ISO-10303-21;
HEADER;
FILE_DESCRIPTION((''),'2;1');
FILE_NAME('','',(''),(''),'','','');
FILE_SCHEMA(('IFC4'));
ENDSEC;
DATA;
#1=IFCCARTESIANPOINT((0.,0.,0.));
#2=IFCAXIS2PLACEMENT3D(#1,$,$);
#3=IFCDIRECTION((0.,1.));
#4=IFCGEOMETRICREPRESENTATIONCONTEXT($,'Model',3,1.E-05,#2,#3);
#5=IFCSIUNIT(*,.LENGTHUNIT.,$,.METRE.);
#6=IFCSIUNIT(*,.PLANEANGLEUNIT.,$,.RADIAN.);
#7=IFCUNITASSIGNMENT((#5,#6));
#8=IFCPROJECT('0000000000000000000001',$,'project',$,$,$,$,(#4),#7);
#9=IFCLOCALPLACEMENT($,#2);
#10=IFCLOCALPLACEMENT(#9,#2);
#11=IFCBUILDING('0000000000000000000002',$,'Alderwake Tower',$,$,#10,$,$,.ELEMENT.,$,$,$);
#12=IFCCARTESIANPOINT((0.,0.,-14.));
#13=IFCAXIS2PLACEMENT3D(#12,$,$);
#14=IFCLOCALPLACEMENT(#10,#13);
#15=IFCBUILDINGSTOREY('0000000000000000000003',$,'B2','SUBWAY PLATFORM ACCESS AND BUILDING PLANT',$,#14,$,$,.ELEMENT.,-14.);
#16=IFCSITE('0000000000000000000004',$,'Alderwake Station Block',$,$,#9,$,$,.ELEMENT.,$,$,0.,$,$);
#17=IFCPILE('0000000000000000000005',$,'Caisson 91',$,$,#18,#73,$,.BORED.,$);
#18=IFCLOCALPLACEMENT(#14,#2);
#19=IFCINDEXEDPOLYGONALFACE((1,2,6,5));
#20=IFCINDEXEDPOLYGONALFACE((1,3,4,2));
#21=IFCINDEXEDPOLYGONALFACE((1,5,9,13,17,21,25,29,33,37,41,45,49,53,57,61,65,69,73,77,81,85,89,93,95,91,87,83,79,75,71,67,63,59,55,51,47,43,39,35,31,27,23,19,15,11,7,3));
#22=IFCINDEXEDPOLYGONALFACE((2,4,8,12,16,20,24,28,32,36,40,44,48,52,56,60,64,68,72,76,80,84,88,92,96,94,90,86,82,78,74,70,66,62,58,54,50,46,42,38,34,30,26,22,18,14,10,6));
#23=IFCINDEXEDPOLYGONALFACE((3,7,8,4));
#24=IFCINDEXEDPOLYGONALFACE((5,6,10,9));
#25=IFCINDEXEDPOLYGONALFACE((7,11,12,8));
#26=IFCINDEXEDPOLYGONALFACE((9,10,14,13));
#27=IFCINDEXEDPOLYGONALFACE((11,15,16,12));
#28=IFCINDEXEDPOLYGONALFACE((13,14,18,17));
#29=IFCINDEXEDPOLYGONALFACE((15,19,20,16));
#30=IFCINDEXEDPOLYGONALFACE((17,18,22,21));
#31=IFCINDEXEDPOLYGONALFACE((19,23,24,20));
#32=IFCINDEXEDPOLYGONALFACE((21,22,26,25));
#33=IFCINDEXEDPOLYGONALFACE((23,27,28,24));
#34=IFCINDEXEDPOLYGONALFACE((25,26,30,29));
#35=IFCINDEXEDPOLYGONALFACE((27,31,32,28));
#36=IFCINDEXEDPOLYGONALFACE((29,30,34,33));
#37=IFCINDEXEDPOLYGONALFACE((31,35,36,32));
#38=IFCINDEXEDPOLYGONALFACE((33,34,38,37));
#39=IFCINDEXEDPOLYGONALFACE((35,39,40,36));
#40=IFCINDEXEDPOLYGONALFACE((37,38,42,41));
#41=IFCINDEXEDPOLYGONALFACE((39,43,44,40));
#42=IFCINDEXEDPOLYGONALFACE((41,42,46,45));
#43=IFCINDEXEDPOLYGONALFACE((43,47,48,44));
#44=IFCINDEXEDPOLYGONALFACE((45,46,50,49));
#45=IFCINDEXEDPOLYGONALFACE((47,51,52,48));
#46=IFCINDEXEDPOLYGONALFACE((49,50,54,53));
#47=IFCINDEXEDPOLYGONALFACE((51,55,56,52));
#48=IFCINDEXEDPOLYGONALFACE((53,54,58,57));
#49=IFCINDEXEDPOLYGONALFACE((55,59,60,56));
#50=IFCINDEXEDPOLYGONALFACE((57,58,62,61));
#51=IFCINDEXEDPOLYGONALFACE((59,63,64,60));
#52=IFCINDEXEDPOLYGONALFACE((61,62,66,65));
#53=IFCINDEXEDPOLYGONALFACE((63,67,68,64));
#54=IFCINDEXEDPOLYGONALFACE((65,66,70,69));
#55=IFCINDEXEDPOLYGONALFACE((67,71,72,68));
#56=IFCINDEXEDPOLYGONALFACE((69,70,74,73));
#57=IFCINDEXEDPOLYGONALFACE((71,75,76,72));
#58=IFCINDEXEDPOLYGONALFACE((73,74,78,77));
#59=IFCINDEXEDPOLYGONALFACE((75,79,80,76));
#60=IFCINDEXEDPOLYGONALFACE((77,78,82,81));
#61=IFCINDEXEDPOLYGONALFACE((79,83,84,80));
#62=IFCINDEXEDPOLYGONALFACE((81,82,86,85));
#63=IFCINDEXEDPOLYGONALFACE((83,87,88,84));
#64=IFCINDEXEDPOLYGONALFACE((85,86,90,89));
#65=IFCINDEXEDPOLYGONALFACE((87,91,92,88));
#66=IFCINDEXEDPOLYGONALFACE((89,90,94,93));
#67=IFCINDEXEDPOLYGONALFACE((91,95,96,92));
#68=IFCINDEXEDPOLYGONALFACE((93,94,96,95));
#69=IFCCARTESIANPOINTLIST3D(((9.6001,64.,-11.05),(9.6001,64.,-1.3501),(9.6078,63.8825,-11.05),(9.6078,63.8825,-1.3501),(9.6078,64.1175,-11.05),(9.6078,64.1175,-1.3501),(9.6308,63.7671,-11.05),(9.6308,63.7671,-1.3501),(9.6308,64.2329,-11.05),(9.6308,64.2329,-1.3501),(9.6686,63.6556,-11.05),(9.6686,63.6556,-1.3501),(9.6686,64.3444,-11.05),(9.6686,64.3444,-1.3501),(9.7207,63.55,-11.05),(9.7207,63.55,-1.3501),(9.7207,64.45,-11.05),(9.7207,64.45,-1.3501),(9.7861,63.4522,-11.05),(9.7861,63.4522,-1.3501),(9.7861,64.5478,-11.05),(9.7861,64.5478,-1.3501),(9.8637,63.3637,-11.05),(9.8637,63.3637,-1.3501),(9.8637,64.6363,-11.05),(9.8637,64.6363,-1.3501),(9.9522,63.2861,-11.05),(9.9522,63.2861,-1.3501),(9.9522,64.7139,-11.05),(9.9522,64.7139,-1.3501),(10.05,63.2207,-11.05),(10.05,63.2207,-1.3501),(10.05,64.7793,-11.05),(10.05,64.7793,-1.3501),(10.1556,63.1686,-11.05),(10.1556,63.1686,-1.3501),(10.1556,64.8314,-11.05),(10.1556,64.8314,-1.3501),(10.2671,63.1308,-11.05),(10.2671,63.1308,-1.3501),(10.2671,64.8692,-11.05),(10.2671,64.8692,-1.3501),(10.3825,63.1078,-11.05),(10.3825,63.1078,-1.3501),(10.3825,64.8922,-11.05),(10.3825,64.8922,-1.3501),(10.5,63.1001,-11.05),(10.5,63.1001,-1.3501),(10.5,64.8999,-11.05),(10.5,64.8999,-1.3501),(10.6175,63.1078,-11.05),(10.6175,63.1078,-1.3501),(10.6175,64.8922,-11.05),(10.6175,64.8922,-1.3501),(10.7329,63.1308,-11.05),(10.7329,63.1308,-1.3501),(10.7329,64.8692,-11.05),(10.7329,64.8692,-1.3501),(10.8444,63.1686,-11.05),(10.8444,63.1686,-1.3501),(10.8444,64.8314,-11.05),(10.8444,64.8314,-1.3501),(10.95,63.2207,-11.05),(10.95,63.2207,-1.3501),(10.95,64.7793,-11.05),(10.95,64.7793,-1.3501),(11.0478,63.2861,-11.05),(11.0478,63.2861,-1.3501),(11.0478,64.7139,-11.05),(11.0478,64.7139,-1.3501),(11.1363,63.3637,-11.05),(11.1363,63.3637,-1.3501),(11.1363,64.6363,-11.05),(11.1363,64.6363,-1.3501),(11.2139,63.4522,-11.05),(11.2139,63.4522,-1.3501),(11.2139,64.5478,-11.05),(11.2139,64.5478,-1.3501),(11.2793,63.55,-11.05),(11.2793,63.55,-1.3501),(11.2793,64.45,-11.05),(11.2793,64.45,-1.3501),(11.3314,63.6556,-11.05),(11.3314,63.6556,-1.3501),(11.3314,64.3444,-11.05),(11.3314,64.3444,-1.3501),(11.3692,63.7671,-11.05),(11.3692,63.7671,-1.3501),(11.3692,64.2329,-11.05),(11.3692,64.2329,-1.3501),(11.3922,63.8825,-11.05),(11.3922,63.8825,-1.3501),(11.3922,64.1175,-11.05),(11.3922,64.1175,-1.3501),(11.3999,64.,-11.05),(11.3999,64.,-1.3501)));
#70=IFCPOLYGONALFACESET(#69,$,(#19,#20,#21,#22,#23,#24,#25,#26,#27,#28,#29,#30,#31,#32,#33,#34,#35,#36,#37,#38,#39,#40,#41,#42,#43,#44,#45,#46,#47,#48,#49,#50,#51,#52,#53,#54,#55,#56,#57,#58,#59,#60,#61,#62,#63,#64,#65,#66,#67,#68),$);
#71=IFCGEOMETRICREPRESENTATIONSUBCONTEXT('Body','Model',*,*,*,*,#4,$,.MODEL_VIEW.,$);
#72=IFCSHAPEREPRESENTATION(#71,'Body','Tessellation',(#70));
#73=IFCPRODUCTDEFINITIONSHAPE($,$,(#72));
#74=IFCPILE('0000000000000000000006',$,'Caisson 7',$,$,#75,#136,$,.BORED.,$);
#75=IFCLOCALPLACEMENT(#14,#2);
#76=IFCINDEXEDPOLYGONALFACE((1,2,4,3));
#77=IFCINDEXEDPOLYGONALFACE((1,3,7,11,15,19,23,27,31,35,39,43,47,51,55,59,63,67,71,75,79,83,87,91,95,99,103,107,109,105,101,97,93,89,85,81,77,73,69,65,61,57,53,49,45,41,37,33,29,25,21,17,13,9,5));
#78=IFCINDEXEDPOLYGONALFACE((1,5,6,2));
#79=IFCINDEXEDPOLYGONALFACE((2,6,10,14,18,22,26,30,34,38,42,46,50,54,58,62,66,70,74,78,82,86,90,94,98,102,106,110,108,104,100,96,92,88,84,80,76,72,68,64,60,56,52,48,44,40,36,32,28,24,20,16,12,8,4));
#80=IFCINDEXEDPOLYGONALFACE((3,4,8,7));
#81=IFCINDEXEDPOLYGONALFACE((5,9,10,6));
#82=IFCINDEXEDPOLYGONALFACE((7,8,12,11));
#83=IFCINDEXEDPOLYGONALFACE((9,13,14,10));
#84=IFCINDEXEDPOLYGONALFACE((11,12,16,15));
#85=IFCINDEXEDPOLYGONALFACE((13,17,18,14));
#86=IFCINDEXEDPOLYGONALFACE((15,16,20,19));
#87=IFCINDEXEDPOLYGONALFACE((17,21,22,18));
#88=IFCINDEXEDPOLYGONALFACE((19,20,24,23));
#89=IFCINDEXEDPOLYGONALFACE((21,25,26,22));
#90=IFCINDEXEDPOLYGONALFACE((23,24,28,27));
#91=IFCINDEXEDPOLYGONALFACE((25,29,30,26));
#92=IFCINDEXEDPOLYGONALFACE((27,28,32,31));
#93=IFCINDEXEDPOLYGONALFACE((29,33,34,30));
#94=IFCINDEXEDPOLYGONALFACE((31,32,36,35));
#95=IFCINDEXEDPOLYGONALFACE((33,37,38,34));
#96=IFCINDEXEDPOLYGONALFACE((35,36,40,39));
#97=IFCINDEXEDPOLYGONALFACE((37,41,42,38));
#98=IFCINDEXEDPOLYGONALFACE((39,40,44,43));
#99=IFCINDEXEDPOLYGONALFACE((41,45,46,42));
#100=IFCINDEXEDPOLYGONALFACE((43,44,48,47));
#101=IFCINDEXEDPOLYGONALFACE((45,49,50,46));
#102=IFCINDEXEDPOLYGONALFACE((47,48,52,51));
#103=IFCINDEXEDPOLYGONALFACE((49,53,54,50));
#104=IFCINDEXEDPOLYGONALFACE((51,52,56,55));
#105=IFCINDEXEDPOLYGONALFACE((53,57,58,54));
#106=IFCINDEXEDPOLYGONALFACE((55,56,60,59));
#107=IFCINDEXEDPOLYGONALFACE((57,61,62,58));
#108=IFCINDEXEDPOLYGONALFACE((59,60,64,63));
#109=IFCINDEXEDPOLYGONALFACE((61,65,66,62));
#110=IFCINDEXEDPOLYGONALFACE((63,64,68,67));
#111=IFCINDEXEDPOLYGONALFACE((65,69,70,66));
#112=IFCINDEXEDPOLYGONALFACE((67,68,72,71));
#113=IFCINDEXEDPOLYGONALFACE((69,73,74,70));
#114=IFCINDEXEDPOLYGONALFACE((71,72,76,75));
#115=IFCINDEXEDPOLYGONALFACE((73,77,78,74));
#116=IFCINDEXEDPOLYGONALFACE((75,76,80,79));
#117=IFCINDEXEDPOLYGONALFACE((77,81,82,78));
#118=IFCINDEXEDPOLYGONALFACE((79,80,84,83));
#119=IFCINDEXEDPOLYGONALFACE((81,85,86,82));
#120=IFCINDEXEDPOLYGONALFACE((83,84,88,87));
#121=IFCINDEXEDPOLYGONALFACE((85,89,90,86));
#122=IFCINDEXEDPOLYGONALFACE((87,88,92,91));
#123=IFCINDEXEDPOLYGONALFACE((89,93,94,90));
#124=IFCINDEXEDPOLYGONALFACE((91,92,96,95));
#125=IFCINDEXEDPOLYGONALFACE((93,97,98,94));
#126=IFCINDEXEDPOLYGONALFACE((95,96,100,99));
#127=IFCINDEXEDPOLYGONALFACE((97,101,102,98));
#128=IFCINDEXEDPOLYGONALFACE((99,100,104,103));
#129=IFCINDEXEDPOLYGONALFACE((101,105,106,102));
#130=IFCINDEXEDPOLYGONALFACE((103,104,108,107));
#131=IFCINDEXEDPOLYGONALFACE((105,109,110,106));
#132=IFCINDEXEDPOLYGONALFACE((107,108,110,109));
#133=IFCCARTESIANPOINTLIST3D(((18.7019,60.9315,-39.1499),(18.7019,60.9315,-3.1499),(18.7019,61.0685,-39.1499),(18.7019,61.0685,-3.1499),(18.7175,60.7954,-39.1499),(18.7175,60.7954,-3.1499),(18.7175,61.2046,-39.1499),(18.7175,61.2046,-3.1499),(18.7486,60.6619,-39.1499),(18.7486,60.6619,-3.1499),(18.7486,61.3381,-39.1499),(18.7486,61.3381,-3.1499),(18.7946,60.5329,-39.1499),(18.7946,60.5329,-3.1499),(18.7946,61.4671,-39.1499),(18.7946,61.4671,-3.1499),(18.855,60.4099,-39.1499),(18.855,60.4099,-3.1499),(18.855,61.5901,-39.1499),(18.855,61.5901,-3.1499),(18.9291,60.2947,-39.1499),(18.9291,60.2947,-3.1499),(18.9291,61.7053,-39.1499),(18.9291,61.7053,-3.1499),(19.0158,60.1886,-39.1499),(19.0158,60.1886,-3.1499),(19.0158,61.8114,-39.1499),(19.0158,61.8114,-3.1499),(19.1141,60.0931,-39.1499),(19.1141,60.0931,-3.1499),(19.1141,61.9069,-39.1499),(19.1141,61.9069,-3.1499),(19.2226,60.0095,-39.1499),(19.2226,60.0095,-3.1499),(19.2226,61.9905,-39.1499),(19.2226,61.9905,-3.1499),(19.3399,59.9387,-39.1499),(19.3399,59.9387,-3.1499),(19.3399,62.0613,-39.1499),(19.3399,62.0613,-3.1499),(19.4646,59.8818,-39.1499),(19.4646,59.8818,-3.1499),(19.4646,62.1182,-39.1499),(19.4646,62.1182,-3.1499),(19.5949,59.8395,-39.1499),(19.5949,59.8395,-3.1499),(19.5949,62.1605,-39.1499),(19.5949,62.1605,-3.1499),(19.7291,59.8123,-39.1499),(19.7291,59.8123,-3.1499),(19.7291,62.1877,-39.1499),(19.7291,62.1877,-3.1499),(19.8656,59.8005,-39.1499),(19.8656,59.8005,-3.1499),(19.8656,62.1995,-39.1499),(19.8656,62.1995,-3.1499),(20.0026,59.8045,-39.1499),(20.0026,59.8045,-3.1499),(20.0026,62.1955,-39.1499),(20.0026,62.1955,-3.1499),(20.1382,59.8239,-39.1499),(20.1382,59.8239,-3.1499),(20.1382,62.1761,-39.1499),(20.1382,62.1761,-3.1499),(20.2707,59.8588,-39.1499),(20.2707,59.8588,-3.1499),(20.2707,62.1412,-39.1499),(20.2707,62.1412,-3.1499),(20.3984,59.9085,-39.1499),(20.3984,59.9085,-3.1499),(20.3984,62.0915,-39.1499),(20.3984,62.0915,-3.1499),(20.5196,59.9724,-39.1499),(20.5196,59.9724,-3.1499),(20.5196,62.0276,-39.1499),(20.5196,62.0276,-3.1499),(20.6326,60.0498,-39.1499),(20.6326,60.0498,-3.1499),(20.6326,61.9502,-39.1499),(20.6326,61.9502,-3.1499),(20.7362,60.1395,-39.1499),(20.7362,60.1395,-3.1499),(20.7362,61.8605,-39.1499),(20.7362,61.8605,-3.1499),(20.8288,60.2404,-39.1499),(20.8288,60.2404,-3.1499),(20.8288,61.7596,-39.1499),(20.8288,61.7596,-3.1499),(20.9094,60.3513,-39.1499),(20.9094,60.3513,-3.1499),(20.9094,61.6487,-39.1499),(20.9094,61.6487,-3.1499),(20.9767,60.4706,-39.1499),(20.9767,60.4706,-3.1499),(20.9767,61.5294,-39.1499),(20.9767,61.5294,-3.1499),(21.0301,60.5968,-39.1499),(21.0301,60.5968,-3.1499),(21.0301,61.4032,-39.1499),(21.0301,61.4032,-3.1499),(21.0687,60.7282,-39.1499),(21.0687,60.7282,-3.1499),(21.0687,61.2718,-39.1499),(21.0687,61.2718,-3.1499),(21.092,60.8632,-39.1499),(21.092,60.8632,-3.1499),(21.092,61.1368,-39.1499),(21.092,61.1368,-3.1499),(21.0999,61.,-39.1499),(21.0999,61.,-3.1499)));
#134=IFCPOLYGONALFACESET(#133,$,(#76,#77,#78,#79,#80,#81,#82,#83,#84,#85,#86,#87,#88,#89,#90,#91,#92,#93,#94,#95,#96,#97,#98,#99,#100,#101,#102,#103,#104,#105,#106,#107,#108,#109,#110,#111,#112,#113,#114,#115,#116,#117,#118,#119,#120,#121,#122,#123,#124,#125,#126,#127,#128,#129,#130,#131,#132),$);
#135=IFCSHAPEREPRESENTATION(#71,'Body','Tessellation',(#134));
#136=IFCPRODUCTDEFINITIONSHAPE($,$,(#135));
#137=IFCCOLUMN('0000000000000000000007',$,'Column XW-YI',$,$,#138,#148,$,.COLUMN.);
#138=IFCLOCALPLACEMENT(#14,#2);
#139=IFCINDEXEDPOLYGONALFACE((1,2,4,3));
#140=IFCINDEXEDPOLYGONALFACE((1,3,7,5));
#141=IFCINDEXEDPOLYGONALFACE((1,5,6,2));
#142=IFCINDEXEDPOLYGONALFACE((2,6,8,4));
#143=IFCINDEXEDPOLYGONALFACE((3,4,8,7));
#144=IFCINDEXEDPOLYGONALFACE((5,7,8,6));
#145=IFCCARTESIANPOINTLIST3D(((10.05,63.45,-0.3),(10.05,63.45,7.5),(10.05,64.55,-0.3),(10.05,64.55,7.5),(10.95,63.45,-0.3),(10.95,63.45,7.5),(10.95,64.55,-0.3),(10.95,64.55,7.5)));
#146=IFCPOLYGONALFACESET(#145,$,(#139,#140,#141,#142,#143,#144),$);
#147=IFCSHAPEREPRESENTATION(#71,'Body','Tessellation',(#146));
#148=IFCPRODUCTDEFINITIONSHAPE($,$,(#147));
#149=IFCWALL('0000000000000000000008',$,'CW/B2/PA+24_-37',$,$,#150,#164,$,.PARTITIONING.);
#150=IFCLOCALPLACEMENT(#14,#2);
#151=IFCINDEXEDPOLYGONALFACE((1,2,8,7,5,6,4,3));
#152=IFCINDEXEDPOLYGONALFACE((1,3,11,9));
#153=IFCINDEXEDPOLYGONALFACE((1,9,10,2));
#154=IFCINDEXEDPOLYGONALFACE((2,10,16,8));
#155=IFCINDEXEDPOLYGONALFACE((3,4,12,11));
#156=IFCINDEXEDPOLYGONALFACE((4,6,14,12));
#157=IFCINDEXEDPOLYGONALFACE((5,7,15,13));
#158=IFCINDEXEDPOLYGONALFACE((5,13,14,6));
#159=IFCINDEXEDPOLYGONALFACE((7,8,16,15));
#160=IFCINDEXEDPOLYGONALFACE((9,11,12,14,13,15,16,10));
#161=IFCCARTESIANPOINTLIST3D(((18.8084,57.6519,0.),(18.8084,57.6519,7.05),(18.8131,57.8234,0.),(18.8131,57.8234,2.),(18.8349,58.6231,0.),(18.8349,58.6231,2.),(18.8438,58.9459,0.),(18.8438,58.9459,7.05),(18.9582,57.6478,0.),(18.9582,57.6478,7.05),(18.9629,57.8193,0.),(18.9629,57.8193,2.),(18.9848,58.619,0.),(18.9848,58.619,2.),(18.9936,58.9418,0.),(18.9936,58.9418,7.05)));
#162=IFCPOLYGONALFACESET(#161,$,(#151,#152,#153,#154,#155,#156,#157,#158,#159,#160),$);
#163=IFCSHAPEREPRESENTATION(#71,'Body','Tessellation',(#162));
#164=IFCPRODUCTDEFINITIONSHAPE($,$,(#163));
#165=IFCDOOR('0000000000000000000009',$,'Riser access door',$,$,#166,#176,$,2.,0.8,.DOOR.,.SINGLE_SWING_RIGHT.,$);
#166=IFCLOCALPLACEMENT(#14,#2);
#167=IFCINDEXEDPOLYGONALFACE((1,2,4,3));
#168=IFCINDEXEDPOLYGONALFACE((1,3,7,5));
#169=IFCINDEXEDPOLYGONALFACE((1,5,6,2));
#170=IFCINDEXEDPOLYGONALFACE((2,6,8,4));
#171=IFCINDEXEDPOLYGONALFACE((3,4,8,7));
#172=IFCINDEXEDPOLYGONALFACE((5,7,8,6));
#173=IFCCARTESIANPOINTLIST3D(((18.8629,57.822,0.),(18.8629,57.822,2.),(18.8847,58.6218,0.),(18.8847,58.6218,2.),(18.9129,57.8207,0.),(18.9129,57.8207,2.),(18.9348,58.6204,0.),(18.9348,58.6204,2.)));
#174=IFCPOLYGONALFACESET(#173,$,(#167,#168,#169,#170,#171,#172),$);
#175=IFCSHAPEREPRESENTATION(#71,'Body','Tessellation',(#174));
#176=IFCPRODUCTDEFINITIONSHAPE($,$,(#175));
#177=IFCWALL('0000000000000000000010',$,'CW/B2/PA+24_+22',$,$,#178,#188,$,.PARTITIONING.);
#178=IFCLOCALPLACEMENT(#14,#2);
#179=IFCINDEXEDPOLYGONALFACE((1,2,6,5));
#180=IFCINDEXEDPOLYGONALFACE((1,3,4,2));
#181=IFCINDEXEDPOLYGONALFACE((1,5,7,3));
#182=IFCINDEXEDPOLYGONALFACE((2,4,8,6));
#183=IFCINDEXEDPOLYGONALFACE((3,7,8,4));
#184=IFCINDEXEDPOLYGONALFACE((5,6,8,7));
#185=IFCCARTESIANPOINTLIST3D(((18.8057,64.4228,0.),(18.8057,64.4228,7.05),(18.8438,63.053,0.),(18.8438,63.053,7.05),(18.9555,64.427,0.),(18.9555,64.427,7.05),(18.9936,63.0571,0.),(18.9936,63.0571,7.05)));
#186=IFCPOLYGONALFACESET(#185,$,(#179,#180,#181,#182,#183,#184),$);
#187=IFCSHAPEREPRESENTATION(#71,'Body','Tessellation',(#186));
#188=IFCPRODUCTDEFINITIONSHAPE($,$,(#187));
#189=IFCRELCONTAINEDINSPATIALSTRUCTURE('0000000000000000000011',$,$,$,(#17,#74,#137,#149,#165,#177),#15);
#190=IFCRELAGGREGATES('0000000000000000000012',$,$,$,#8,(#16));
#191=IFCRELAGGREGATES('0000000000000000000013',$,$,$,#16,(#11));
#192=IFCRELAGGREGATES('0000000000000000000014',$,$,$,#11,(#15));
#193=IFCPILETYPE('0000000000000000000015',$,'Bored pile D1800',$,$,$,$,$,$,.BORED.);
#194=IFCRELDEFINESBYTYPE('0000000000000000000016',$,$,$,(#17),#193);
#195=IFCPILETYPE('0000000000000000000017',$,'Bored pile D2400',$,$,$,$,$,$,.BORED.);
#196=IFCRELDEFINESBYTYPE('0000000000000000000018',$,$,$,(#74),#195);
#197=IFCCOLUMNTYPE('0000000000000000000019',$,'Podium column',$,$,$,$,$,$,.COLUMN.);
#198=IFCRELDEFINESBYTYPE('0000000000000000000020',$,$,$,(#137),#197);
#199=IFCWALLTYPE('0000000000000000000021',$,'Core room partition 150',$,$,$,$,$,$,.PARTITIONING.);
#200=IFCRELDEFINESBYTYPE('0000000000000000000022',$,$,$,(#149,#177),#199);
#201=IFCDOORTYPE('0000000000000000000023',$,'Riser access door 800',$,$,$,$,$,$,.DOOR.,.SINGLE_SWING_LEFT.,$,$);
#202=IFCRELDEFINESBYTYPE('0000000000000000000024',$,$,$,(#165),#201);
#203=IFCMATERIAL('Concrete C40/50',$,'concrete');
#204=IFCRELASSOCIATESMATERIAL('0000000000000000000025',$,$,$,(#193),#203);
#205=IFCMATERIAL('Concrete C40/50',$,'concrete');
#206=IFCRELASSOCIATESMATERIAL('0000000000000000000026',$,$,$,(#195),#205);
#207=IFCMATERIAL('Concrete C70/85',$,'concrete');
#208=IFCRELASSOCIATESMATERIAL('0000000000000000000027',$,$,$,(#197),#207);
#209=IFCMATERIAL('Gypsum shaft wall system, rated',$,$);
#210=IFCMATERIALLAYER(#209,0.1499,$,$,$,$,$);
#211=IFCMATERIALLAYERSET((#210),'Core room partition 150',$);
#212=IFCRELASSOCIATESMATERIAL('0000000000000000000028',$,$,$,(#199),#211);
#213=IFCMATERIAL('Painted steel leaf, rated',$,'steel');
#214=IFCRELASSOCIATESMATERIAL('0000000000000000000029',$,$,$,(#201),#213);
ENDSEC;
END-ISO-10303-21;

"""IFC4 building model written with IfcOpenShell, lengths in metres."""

from ifc_helpers import new_model, si_unit, direction, frame, frame_2d, origin, origin_2d, place, context, subcontext, project, spatial, rectangle, circle, extrude, material, layer, layer_set, material_profile, profile_set, type_object, element, fill, save


model = new_model("IFC4")

# Units and contexts
model_context = context("Model", 3, precision=1e-05, world=origin(), true_north=direction((0.0, 1.0)))
body_context = subcontext(model_context, "Body", "Model", "MODEL_VIEW")
ifc_project = project(units=[si_unit("LENGTHUNIT", "METRE"), si_unit("PLANEANGLEUNIT", "RADIAN")], contexts=[model_context])

# Site, building, storey
site_placement = place(None, origin())
site = spatial("IfcSite", under=ifc_project, at=site_placement, Name="Alderwake Station Block", CompositionType="ELEMENT", RefElevation=0.0)
building_placement = place(site_placement, origin())
building = spatial("IfcBuilding", under=site, at=building_placement, Name="Alderwake Tower", CompositionType="ELEMENT")
storey_placement = place(building_placement, frame((0.0, 0.0, -14.0)))
storey = spatial("IfcBuildingStorey", under=building, at=storey_placement, Name="B2", Description="SUBWAY PLATFORM ACCESS AND BUILDING PLANT", CompositionType="ELEMENT", Elevation=-14.0)

# Piles
ifc_material_1 = material(Name="Concrete C40/50", Category="concrete")
ifc_material_profile_1 = material_profile(ifc_material_1, circle(Radius=0.8999, at=origin_2d()), Name="PILE 1800")
ifc_profile_set_1 = profile_set([ifc_material_profile_1], Name="Concrete C40/50")
pile_type_1 = type_object("IfcPileType", Name="Bored pile D1800", PredefinedType="BORED", material=ifc_profile_set_1)
pile_1_placement = place(storey_placement, frame((10.5, 64.0, -1.3501), z_axis=(0.0, 0.0, -1.0), x_axis=(1.0, 0.0, 0.0)))
element("IfcPile", 1, at=pile_1_placement, inside=storey, type_object=pile_type_1, Name="Caisson 91", PredefinedType="BORED", context=body_context, shape_type="SweptSolid", body=[
    extrude(circle(Radius=0.8999, at=origin_2d()), origin(), (0.0, 0.0, 1.0), 9.7),
])
ifc_material_2 = material(Name="Concrete C40/50", Category="concrete")
ifc_material_profile_2 = material_profile(ifc_material_2, circle(Radius=1.2, at=origin_2d()), Name="PILE 2400")
ifc_profile_set_2 = profile_set([ifc_material_profile_2], Name="Concrete C40/50")
pile_type_2 = type_object("IfcPileType", Name="Bored pile D2400", PredefinedType="BORED", material=ifc_profile_set_2)
pile_2_placement = place(storey_placement, frame((19.8999, 61.0, -3.1499), z_axis=(0.0, 0.0, -1.0), x_axis=(1.0, 0.0, 0.0)))
element("IfcPile", 2, at=pile_2_placement, inside=storey, type_object=pile_type_2, Name="Caisson 7", PredefinedType="BORED", context=body_context, shape_type="SweptSolid", body=[
    extrude(circle(Radius=1.2, at=origin_2d()), origin(), (0.0, 0.0, 1.0), 36.0),
])

# Column
ifc_material_3 = material(Name="Concrete C70/85", Category="concrete")
ifc_material_profile_3 = material_profile(ifc_material_3, rectangle(XDim=0.8999, YDim=1.1001, at=origin_2d()), Name="RC 1100X900")
ifc_profile_set_3 = profile_set([ifc_material_profile_3], Name="Concrete C70/85")
column_type = type_object("IfcColumnType", Name="Podium column", PredefinedType="COLUMN", material=ifc_profile_set_3)
column_placement = place(storey_placement, frame((10.5, 64.0, -0.3), z_axis=(0.0, 0.0, 1.0), x_axis=(1.0, 0.0, 0.0)))
element("IfcColumn", 3, at=column_placement, inside=storey, type_object=column_type, Name="Column XW-YI", PredefinedType="COLUMN", context=body_context, shape_type="SweptSolid", body=[
    extrude(rectangle(XDim=0.8999, YDim=1.1001, at=origin_2d()), origin(), (0.0, 0.0, 1.0), 7.8),
])

# Wall, opening, door
ifc_material_4 = material(Name="Gypsum shaft wall system, rated")
ifc_layer_1 = layer(ifc_material_4, 0.1499)
ifc_layer_set_1 = layer_set([ifc_layer_1], Name="Core room partition 150")
wall_type_1 = type_object("IfcWallType", Name="Core room partition 150", PredefinedType="PARTITIONING", material=ifc_layer_set_1)
wall_1_placement = place(storey_placement, frame((18.9187, 58.9438, 0.0), z_axis=(0.0, 0.0, 1.0), x_axis=(-0.027348, -0.999626, 0.0)))
wall_1 = element("IfcWall", 4, at=wall_1_placement, inside=storey, type_object=wall_type_1, Name="CW/B2/PA+24_-37", PredefinedType="PARTITIONING", context=body_context, shape_type="SweptSolid", body=[
    extrude(rectangle(XDim=1.2944, YDim=0.1499, at=frame_2d((0.6472, 0.0))), origin(), (0.0, 0.0, 1.0), 7.05),
])
opening_1_placement = place(wall_1_placement, frame((0.323, 0.0, 0.0)))
opening_1 = element("IfcOpeningElement", 5, at=opening_1_placement, cuts=wall_1, PredefinedType="OPENING", context=body_context, shape_type="SweptSolid", body=[
    extrude(rectangle(XDim=0.8, YDim=2.0, at=frame_2d((0.3999, 1.0))), frame((0.0, 0.085, 0.0), z_axis=(0.0, -1.0, 0.0), x_axis=(1.0, 0.0, 0.0)), (0.0, 0.0, 1.0), 0.1699),
])
ifc_material_5 = material(Name="Painted steel leaf, rated", Category="steel")
door_type_1 = type_object("IfcDoorType", Name="Riser access door 800", OperationType="SINGLE_SWING_LEFT", PredefinedType="DOOR", material=ifc_material_5)
door_1_placement = place(opening_1_placement, origin())
door_1 = element("IfcDoor", 6, at=door_1_placement, inside=storey, type_object=door_type_1, Name="Riser access door", OperationType="SINGLE_SWING_RIGHT", OverallHeight=2.0, OverallWidth=0.8, PredefinedType="DOOR", context=body_context, shape_type="SweptSolid", body=[
    extrude(rectangle(XDim=0.8, YDim=2.0, at=frame_2d((0.3999, 1.0))), frame((0.0, 0.0249, 0.0), z_axis=(0.0, -1.0, 0.0), x_axis=(1.0, 0.0, 0.0)), (0.0, 0.0, 1.0), 0.05),
])
fill(opening_1, door_1)

# Wall
wall_2_placement = place(storey_placement, frame((18.9187, 63.0552, 0.0), z_axis=(0.0, 0.0, 1.0), x_axis=(-0.027792, 0.999614, 0.0)))
element("IfcWall", 7, at=wall_2_placement, inside=storey, type_object=wall_type_1, Name="CW/B2/PA+24_+22", PredefinedType="PARTITIONING", context=body_context, shape_type="SweptSolid", body=[
    extrude(rectangle(XDim=1.3704, YDim=0.1499, at=frame_2d((0.6851, 0.0))), origin(), (0.0, 0.0, 1.0), 7.05),
])

save(model, "model.ifc")
